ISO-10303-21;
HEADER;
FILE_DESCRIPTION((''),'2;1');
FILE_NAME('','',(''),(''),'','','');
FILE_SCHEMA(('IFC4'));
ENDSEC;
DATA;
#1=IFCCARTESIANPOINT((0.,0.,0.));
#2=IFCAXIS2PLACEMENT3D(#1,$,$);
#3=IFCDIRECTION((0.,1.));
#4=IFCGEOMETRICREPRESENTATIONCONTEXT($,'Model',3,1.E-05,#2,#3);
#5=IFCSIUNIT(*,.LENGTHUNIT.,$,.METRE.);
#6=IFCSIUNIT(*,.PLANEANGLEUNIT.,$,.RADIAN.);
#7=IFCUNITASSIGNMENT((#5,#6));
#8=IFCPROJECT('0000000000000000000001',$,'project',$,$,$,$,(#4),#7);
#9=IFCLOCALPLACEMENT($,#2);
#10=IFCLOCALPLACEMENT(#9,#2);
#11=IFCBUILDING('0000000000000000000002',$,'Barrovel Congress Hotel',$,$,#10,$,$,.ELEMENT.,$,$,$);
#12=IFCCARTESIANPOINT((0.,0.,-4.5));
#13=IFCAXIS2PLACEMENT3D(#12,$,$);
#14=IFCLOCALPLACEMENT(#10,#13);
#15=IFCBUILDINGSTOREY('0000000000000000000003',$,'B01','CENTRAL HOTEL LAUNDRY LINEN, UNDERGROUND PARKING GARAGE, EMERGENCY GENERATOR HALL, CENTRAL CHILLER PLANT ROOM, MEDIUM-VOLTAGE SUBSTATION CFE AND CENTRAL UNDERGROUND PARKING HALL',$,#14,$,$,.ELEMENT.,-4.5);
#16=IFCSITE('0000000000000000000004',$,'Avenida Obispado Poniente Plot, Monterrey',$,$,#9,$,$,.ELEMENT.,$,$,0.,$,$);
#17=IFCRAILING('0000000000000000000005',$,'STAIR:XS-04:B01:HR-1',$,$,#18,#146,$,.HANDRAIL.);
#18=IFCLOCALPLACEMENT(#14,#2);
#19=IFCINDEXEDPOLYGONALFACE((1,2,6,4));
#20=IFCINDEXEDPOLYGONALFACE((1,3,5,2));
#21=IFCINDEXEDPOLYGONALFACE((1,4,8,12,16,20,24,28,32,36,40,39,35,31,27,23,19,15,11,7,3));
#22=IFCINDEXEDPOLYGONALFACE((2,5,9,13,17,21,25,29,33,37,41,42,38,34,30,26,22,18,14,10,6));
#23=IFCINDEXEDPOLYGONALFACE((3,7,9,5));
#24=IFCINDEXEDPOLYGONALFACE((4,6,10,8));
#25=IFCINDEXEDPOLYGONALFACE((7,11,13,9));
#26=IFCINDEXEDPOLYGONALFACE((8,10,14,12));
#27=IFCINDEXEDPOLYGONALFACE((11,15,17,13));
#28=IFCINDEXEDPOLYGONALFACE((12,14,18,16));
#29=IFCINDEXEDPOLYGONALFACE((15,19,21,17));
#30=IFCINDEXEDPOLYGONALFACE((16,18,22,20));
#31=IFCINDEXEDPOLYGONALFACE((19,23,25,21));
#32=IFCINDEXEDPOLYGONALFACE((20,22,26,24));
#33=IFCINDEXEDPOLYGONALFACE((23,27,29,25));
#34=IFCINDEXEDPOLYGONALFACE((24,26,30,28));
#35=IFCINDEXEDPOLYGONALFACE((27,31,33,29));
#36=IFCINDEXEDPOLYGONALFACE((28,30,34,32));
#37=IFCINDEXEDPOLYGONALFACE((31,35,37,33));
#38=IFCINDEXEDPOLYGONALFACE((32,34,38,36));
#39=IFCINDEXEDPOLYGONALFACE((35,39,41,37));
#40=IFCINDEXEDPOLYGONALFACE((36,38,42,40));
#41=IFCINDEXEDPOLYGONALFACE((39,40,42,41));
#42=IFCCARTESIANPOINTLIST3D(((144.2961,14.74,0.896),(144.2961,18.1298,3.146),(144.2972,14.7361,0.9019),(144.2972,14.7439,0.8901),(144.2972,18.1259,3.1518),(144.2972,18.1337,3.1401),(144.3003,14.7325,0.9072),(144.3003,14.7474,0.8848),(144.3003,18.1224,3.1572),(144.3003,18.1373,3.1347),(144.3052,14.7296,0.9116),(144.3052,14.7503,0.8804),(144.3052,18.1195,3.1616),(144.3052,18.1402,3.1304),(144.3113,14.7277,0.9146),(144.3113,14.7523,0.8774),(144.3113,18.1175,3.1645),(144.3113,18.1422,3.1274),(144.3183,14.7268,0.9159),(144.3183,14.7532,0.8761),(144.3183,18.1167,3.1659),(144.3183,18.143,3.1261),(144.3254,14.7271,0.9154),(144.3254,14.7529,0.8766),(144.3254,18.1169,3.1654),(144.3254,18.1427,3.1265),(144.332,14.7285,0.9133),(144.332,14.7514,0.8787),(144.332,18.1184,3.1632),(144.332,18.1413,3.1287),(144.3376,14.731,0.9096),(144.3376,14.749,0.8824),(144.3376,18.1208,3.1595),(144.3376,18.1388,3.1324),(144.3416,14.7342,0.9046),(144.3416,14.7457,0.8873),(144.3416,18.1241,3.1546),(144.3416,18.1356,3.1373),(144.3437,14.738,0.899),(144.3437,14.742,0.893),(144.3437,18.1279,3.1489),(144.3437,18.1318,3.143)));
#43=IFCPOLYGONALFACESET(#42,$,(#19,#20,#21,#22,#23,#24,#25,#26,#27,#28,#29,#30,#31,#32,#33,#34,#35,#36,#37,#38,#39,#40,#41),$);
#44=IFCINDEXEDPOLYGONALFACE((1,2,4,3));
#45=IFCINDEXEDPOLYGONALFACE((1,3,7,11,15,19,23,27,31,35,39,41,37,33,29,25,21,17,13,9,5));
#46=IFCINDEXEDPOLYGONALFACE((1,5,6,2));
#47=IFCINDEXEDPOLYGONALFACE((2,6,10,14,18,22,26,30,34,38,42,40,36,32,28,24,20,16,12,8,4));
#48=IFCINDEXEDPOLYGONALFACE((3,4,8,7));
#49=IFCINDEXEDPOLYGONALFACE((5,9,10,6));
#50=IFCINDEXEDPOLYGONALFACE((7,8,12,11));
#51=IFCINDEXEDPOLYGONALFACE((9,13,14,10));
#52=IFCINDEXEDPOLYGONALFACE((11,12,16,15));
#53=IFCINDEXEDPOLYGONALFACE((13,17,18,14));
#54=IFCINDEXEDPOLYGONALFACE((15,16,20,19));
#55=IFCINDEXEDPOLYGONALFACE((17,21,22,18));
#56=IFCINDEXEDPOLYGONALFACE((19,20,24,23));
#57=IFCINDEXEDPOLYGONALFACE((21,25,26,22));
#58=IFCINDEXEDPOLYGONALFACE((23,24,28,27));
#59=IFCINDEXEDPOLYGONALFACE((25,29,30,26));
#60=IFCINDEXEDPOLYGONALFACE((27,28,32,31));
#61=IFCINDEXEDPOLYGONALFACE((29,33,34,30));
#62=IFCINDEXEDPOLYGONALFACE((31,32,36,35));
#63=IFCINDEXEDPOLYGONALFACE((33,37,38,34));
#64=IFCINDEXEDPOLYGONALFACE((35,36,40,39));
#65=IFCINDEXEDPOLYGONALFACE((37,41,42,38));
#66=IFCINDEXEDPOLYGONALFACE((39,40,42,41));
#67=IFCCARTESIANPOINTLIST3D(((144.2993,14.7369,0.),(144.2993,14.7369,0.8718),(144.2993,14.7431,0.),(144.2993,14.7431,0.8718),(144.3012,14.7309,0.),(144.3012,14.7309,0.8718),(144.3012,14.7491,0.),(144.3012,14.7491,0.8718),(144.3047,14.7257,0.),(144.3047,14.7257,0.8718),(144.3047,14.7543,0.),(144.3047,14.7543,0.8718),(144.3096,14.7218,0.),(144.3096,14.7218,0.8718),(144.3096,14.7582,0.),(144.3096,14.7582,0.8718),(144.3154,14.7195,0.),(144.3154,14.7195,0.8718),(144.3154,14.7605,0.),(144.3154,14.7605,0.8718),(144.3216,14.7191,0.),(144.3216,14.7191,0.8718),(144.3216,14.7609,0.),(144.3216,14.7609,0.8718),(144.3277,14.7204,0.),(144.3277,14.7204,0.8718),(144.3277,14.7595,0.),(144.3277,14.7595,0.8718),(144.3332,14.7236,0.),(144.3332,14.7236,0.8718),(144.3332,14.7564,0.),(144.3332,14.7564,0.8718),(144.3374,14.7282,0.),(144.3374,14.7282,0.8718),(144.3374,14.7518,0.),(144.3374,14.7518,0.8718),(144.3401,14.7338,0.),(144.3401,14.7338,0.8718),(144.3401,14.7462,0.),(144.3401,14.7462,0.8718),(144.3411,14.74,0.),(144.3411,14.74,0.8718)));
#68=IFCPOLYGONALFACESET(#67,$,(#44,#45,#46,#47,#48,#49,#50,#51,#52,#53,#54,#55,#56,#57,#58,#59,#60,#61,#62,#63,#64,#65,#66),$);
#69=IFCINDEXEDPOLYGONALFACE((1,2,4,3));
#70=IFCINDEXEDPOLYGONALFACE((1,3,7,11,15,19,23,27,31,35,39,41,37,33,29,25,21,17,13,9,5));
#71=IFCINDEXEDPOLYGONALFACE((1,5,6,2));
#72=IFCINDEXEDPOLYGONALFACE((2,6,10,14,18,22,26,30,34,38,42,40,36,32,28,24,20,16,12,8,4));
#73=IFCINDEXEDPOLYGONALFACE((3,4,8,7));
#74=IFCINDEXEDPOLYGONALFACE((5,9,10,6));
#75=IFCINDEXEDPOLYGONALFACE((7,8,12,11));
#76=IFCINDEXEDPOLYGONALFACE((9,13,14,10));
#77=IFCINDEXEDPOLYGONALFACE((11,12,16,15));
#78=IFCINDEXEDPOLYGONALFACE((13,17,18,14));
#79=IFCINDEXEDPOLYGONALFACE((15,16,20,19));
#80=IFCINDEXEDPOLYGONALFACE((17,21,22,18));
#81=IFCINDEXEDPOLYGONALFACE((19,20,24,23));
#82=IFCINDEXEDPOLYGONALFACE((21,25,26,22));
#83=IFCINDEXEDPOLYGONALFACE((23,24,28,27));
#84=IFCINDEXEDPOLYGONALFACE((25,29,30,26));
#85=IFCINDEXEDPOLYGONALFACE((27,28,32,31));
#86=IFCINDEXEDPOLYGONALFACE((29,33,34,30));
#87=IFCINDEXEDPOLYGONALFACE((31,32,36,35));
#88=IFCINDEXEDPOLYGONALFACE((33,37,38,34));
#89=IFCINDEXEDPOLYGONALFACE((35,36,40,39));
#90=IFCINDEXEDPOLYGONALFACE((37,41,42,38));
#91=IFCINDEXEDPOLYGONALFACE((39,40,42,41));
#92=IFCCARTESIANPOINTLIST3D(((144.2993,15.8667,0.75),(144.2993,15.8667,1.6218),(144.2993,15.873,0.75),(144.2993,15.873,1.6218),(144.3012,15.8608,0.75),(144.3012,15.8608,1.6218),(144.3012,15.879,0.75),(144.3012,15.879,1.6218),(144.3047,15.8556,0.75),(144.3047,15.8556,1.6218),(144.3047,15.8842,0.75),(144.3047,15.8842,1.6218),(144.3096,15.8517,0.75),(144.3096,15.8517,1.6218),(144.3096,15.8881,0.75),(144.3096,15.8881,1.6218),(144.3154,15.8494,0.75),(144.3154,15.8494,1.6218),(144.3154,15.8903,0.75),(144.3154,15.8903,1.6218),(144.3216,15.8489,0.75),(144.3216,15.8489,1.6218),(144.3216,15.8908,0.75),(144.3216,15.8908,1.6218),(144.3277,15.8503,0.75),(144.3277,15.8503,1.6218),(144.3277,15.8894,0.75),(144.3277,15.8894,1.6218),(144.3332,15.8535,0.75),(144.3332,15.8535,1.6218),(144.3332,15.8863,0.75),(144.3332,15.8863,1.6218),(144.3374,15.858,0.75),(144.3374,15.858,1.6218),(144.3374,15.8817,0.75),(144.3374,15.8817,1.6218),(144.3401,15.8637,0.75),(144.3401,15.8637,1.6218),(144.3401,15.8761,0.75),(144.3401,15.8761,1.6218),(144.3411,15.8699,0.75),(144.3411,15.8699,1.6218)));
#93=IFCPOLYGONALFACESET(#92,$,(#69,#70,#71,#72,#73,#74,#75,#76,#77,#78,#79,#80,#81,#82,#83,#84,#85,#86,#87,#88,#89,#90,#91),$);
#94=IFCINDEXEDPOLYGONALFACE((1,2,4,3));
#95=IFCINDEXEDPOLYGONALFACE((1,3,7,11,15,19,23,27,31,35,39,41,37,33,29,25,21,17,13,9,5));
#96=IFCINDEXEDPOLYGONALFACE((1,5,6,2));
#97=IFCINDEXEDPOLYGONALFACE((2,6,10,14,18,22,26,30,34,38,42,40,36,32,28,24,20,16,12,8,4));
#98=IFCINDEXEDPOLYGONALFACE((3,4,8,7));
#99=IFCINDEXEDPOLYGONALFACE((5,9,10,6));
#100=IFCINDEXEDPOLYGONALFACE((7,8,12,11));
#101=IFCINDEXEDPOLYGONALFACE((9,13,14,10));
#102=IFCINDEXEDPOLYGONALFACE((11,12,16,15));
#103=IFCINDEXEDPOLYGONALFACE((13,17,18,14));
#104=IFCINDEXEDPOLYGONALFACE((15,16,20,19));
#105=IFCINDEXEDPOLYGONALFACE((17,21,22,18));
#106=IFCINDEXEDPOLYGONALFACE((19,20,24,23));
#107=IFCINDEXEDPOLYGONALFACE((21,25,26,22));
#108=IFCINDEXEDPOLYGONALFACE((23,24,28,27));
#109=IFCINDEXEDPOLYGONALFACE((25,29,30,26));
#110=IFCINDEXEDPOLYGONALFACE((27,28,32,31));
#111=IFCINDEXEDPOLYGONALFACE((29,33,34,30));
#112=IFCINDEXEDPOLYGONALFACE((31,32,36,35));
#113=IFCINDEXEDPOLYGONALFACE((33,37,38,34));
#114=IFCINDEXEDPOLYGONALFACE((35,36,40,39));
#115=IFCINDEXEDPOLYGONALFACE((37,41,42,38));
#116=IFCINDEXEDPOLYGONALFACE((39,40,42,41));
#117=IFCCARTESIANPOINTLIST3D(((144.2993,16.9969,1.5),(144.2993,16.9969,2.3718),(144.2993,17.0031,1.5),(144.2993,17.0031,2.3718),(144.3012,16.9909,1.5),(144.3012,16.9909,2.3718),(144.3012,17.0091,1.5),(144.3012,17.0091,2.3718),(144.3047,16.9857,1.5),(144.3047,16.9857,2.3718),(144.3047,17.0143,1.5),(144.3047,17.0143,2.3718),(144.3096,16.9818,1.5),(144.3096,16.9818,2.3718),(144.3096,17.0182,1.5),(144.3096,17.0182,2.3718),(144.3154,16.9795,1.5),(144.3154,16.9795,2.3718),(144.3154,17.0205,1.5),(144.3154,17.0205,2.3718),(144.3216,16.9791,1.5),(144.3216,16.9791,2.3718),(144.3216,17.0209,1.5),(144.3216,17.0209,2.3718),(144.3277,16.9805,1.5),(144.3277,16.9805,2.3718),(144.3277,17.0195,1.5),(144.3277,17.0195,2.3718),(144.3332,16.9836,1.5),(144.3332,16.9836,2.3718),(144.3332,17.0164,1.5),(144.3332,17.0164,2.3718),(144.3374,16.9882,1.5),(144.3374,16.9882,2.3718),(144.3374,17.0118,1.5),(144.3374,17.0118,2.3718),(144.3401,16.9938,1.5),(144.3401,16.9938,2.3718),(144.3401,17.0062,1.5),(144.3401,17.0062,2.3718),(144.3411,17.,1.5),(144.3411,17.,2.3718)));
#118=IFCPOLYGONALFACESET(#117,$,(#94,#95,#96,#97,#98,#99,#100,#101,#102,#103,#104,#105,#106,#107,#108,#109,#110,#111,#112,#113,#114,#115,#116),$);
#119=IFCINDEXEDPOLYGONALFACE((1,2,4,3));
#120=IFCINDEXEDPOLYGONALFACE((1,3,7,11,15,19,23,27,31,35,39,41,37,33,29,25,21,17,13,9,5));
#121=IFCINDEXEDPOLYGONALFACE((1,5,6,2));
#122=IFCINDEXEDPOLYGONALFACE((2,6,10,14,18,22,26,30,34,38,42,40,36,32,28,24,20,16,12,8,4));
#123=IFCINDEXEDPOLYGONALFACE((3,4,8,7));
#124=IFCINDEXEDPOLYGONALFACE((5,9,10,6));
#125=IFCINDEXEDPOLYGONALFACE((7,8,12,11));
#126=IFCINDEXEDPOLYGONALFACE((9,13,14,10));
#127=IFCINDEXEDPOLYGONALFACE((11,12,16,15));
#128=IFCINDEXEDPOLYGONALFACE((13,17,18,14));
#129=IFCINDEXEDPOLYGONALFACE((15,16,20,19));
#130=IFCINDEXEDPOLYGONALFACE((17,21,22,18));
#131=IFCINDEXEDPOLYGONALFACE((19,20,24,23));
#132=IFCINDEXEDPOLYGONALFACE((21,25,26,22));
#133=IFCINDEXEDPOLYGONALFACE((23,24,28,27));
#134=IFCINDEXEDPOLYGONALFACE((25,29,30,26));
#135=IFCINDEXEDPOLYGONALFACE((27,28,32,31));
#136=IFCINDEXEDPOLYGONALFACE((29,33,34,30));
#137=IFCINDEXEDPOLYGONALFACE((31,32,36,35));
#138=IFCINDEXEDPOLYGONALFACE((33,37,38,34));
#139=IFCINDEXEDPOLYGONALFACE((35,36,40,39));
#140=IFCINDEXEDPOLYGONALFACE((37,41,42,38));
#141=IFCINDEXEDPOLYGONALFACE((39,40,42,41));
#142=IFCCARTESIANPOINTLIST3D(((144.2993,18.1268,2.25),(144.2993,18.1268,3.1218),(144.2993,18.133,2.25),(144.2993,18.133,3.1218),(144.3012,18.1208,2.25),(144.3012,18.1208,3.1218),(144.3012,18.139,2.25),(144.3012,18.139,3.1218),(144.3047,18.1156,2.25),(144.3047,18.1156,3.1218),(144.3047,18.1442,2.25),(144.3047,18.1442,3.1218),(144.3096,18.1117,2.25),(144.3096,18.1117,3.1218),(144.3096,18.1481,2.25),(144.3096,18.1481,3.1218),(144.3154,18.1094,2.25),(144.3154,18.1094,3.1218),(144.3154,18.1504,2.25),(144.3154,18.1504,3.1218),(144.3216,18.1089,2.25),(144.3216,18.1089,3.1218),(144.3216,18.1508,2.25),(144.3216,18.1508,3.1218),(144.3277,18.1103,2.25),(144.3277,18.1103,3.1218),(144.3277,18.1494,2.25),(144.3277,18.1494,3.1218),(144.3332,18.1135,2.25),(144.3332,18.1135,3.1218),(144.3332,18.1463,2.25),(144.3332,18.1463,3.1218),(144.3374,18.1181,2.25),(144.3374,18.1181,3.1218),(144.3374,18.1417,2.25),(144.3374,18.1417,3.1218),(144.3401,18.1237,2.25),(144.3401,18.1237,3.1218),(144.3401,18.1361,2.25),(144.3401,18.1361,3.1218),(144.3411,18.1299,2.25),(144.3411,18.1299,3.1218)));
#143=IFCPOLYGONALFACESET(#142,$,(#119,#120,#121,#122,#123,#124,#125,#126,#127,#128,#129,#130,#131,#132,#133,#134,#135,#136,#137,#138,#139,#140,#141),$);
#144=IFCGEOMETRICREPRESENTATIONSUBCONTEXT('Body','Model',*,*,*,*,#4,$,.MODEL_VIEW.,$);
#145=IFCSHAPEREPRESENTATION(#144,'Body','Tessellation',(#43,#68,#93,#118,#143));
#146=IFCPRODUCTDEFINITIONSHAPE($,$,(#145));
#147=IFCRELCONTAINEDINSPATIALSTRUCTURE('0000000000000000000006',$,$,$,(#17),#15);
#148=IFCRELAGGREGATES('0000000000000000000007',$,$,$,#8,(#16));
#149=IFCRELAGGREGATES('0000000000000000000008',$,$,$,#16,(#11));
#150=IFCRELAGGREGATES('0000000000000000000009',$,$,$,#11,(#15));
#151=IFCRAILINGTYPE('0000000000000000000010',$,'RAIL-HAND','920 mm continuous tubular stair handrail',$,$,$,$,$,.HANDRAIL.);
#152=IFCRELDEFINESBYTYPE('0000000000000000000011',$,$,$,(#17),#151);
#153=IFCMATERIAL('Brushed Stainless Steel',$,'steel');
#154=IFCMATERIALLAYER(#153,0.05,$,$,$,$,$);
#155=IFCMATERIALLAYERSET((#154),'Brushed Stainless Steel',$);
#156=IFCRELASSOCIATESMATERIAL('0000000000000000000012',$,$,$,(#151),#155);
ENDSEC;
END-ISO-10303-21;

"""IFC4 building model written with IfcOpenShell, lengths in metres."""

from ifc_helpers import new_model, si_unit, direction, frame, origin, origin_2d, place, context, subcontext, project, spatial, circle, extrude, material, layer, layer_set, type_object, element, save


model = new_model("IFC4")

# Units and contexts
model_context = context("Model", 3, precision=1e-05, world=origin(), true_north=direction((0.0, 1.0)))
body_context = subcontext(model_context, "Body", "Model", "MODEL_VIEW")
ifc_project = project(units=[si_unit("LENGTHUNIT", "METRE"), si_unit("PLANEANGLEUNIT", "RADIAN")], contexts=[model_context])

# Site, building, storey
site_placement = place(None, origin())
site = spatial("IfcSite", under=ifc_project, at=site_placement, Name="Avenida Obispado Poniente Plot, Monterrey", CompositionType="ELEMENT", RefElevation=0.0)
building_placement = place(site_placement, origin())
building = spatial("IfcBuilding", under=site, at=building_placement, Name="Barrovel Congress Hotel", CompositionType="ELEMENT")
storey_placement = place(building_placement, frame((0.0, 0.0, -4.5)))
storey = spatial("IfcBuildingStorey", under=building, at=storey_placement, Name="B01", Description="CENTRAL HOTEL LAUNDRY LINEN, UNDERGROUND PARKING GARAGE, EMERGENCY GENERATOR HALL, CENTRAL CHILLER PLANT ROOM, MEDIUM-VOLTAGE SUBSTATION CFE AND CENTRAL UNDERGROUND PARKING HALL", CompositionType="ELEMENT", Elevation=-4.5)

# Railing
ifc_material_1 = material(Name="Brushed Stainless Steel", Category="steel")
ifc_layer_1 = layer(ifc_material_1, 0.05)
ifc_layer_set_1 = layer_set([ifc_layer_1], Name="Brushed Stainless Steel")
railing_type_1 = type_object("IfcRailingType", Name="RAIL-HAND", Description="920 mm continuous tubular stair handrail", PredefinedType="HANDRAIL", material=ifc_layer_set_1)
railing_1_placement = place(storey_placement, frame((144.3201, 14.74, 0.0)))
element("IfcRailing", 1, at=railing_1_placement, inside=storey, type_object=railing_type_1, Name="STAIR:XS-04:B01:HR-1", PredefinedType="HANDRAIL", context=body_context, shape_type="SweptSolid", body=[
    extrude(circle(Radius=0.0239, at=origin_2d()), frame((0.0, 0.0, 0.896), z_axis=(0.0, 0.833175, 0.55301), x_axis=(-1.0, 0.0, 0.0)), (0.0, 0.0, 1.0), 4.0686),
    extrude(circle(Radius=0.021, at=origin_2d()), origin(), (0.0, 0.0, 1.0), 0.8718),
    extrude(circle(Radius=0.021, at=origin_2d()), frame((0.0, 1.1299, 0.75)), (0.0, 0.0, 1.0), 0.8718),
    extrude(circle(Radius=0.021, at=origin_2d()), frame((0.0, 2.26, 1.5)), (0.0, 0.0, 1.0), 0.8718),
    extrude(circle(Radius=0.021, at=origin_2d()), frame((0.0, 3.3899, 2.25)), (0.0, 0.0, 1.0), 0.8718),
])

save(model, "model.ifc")
